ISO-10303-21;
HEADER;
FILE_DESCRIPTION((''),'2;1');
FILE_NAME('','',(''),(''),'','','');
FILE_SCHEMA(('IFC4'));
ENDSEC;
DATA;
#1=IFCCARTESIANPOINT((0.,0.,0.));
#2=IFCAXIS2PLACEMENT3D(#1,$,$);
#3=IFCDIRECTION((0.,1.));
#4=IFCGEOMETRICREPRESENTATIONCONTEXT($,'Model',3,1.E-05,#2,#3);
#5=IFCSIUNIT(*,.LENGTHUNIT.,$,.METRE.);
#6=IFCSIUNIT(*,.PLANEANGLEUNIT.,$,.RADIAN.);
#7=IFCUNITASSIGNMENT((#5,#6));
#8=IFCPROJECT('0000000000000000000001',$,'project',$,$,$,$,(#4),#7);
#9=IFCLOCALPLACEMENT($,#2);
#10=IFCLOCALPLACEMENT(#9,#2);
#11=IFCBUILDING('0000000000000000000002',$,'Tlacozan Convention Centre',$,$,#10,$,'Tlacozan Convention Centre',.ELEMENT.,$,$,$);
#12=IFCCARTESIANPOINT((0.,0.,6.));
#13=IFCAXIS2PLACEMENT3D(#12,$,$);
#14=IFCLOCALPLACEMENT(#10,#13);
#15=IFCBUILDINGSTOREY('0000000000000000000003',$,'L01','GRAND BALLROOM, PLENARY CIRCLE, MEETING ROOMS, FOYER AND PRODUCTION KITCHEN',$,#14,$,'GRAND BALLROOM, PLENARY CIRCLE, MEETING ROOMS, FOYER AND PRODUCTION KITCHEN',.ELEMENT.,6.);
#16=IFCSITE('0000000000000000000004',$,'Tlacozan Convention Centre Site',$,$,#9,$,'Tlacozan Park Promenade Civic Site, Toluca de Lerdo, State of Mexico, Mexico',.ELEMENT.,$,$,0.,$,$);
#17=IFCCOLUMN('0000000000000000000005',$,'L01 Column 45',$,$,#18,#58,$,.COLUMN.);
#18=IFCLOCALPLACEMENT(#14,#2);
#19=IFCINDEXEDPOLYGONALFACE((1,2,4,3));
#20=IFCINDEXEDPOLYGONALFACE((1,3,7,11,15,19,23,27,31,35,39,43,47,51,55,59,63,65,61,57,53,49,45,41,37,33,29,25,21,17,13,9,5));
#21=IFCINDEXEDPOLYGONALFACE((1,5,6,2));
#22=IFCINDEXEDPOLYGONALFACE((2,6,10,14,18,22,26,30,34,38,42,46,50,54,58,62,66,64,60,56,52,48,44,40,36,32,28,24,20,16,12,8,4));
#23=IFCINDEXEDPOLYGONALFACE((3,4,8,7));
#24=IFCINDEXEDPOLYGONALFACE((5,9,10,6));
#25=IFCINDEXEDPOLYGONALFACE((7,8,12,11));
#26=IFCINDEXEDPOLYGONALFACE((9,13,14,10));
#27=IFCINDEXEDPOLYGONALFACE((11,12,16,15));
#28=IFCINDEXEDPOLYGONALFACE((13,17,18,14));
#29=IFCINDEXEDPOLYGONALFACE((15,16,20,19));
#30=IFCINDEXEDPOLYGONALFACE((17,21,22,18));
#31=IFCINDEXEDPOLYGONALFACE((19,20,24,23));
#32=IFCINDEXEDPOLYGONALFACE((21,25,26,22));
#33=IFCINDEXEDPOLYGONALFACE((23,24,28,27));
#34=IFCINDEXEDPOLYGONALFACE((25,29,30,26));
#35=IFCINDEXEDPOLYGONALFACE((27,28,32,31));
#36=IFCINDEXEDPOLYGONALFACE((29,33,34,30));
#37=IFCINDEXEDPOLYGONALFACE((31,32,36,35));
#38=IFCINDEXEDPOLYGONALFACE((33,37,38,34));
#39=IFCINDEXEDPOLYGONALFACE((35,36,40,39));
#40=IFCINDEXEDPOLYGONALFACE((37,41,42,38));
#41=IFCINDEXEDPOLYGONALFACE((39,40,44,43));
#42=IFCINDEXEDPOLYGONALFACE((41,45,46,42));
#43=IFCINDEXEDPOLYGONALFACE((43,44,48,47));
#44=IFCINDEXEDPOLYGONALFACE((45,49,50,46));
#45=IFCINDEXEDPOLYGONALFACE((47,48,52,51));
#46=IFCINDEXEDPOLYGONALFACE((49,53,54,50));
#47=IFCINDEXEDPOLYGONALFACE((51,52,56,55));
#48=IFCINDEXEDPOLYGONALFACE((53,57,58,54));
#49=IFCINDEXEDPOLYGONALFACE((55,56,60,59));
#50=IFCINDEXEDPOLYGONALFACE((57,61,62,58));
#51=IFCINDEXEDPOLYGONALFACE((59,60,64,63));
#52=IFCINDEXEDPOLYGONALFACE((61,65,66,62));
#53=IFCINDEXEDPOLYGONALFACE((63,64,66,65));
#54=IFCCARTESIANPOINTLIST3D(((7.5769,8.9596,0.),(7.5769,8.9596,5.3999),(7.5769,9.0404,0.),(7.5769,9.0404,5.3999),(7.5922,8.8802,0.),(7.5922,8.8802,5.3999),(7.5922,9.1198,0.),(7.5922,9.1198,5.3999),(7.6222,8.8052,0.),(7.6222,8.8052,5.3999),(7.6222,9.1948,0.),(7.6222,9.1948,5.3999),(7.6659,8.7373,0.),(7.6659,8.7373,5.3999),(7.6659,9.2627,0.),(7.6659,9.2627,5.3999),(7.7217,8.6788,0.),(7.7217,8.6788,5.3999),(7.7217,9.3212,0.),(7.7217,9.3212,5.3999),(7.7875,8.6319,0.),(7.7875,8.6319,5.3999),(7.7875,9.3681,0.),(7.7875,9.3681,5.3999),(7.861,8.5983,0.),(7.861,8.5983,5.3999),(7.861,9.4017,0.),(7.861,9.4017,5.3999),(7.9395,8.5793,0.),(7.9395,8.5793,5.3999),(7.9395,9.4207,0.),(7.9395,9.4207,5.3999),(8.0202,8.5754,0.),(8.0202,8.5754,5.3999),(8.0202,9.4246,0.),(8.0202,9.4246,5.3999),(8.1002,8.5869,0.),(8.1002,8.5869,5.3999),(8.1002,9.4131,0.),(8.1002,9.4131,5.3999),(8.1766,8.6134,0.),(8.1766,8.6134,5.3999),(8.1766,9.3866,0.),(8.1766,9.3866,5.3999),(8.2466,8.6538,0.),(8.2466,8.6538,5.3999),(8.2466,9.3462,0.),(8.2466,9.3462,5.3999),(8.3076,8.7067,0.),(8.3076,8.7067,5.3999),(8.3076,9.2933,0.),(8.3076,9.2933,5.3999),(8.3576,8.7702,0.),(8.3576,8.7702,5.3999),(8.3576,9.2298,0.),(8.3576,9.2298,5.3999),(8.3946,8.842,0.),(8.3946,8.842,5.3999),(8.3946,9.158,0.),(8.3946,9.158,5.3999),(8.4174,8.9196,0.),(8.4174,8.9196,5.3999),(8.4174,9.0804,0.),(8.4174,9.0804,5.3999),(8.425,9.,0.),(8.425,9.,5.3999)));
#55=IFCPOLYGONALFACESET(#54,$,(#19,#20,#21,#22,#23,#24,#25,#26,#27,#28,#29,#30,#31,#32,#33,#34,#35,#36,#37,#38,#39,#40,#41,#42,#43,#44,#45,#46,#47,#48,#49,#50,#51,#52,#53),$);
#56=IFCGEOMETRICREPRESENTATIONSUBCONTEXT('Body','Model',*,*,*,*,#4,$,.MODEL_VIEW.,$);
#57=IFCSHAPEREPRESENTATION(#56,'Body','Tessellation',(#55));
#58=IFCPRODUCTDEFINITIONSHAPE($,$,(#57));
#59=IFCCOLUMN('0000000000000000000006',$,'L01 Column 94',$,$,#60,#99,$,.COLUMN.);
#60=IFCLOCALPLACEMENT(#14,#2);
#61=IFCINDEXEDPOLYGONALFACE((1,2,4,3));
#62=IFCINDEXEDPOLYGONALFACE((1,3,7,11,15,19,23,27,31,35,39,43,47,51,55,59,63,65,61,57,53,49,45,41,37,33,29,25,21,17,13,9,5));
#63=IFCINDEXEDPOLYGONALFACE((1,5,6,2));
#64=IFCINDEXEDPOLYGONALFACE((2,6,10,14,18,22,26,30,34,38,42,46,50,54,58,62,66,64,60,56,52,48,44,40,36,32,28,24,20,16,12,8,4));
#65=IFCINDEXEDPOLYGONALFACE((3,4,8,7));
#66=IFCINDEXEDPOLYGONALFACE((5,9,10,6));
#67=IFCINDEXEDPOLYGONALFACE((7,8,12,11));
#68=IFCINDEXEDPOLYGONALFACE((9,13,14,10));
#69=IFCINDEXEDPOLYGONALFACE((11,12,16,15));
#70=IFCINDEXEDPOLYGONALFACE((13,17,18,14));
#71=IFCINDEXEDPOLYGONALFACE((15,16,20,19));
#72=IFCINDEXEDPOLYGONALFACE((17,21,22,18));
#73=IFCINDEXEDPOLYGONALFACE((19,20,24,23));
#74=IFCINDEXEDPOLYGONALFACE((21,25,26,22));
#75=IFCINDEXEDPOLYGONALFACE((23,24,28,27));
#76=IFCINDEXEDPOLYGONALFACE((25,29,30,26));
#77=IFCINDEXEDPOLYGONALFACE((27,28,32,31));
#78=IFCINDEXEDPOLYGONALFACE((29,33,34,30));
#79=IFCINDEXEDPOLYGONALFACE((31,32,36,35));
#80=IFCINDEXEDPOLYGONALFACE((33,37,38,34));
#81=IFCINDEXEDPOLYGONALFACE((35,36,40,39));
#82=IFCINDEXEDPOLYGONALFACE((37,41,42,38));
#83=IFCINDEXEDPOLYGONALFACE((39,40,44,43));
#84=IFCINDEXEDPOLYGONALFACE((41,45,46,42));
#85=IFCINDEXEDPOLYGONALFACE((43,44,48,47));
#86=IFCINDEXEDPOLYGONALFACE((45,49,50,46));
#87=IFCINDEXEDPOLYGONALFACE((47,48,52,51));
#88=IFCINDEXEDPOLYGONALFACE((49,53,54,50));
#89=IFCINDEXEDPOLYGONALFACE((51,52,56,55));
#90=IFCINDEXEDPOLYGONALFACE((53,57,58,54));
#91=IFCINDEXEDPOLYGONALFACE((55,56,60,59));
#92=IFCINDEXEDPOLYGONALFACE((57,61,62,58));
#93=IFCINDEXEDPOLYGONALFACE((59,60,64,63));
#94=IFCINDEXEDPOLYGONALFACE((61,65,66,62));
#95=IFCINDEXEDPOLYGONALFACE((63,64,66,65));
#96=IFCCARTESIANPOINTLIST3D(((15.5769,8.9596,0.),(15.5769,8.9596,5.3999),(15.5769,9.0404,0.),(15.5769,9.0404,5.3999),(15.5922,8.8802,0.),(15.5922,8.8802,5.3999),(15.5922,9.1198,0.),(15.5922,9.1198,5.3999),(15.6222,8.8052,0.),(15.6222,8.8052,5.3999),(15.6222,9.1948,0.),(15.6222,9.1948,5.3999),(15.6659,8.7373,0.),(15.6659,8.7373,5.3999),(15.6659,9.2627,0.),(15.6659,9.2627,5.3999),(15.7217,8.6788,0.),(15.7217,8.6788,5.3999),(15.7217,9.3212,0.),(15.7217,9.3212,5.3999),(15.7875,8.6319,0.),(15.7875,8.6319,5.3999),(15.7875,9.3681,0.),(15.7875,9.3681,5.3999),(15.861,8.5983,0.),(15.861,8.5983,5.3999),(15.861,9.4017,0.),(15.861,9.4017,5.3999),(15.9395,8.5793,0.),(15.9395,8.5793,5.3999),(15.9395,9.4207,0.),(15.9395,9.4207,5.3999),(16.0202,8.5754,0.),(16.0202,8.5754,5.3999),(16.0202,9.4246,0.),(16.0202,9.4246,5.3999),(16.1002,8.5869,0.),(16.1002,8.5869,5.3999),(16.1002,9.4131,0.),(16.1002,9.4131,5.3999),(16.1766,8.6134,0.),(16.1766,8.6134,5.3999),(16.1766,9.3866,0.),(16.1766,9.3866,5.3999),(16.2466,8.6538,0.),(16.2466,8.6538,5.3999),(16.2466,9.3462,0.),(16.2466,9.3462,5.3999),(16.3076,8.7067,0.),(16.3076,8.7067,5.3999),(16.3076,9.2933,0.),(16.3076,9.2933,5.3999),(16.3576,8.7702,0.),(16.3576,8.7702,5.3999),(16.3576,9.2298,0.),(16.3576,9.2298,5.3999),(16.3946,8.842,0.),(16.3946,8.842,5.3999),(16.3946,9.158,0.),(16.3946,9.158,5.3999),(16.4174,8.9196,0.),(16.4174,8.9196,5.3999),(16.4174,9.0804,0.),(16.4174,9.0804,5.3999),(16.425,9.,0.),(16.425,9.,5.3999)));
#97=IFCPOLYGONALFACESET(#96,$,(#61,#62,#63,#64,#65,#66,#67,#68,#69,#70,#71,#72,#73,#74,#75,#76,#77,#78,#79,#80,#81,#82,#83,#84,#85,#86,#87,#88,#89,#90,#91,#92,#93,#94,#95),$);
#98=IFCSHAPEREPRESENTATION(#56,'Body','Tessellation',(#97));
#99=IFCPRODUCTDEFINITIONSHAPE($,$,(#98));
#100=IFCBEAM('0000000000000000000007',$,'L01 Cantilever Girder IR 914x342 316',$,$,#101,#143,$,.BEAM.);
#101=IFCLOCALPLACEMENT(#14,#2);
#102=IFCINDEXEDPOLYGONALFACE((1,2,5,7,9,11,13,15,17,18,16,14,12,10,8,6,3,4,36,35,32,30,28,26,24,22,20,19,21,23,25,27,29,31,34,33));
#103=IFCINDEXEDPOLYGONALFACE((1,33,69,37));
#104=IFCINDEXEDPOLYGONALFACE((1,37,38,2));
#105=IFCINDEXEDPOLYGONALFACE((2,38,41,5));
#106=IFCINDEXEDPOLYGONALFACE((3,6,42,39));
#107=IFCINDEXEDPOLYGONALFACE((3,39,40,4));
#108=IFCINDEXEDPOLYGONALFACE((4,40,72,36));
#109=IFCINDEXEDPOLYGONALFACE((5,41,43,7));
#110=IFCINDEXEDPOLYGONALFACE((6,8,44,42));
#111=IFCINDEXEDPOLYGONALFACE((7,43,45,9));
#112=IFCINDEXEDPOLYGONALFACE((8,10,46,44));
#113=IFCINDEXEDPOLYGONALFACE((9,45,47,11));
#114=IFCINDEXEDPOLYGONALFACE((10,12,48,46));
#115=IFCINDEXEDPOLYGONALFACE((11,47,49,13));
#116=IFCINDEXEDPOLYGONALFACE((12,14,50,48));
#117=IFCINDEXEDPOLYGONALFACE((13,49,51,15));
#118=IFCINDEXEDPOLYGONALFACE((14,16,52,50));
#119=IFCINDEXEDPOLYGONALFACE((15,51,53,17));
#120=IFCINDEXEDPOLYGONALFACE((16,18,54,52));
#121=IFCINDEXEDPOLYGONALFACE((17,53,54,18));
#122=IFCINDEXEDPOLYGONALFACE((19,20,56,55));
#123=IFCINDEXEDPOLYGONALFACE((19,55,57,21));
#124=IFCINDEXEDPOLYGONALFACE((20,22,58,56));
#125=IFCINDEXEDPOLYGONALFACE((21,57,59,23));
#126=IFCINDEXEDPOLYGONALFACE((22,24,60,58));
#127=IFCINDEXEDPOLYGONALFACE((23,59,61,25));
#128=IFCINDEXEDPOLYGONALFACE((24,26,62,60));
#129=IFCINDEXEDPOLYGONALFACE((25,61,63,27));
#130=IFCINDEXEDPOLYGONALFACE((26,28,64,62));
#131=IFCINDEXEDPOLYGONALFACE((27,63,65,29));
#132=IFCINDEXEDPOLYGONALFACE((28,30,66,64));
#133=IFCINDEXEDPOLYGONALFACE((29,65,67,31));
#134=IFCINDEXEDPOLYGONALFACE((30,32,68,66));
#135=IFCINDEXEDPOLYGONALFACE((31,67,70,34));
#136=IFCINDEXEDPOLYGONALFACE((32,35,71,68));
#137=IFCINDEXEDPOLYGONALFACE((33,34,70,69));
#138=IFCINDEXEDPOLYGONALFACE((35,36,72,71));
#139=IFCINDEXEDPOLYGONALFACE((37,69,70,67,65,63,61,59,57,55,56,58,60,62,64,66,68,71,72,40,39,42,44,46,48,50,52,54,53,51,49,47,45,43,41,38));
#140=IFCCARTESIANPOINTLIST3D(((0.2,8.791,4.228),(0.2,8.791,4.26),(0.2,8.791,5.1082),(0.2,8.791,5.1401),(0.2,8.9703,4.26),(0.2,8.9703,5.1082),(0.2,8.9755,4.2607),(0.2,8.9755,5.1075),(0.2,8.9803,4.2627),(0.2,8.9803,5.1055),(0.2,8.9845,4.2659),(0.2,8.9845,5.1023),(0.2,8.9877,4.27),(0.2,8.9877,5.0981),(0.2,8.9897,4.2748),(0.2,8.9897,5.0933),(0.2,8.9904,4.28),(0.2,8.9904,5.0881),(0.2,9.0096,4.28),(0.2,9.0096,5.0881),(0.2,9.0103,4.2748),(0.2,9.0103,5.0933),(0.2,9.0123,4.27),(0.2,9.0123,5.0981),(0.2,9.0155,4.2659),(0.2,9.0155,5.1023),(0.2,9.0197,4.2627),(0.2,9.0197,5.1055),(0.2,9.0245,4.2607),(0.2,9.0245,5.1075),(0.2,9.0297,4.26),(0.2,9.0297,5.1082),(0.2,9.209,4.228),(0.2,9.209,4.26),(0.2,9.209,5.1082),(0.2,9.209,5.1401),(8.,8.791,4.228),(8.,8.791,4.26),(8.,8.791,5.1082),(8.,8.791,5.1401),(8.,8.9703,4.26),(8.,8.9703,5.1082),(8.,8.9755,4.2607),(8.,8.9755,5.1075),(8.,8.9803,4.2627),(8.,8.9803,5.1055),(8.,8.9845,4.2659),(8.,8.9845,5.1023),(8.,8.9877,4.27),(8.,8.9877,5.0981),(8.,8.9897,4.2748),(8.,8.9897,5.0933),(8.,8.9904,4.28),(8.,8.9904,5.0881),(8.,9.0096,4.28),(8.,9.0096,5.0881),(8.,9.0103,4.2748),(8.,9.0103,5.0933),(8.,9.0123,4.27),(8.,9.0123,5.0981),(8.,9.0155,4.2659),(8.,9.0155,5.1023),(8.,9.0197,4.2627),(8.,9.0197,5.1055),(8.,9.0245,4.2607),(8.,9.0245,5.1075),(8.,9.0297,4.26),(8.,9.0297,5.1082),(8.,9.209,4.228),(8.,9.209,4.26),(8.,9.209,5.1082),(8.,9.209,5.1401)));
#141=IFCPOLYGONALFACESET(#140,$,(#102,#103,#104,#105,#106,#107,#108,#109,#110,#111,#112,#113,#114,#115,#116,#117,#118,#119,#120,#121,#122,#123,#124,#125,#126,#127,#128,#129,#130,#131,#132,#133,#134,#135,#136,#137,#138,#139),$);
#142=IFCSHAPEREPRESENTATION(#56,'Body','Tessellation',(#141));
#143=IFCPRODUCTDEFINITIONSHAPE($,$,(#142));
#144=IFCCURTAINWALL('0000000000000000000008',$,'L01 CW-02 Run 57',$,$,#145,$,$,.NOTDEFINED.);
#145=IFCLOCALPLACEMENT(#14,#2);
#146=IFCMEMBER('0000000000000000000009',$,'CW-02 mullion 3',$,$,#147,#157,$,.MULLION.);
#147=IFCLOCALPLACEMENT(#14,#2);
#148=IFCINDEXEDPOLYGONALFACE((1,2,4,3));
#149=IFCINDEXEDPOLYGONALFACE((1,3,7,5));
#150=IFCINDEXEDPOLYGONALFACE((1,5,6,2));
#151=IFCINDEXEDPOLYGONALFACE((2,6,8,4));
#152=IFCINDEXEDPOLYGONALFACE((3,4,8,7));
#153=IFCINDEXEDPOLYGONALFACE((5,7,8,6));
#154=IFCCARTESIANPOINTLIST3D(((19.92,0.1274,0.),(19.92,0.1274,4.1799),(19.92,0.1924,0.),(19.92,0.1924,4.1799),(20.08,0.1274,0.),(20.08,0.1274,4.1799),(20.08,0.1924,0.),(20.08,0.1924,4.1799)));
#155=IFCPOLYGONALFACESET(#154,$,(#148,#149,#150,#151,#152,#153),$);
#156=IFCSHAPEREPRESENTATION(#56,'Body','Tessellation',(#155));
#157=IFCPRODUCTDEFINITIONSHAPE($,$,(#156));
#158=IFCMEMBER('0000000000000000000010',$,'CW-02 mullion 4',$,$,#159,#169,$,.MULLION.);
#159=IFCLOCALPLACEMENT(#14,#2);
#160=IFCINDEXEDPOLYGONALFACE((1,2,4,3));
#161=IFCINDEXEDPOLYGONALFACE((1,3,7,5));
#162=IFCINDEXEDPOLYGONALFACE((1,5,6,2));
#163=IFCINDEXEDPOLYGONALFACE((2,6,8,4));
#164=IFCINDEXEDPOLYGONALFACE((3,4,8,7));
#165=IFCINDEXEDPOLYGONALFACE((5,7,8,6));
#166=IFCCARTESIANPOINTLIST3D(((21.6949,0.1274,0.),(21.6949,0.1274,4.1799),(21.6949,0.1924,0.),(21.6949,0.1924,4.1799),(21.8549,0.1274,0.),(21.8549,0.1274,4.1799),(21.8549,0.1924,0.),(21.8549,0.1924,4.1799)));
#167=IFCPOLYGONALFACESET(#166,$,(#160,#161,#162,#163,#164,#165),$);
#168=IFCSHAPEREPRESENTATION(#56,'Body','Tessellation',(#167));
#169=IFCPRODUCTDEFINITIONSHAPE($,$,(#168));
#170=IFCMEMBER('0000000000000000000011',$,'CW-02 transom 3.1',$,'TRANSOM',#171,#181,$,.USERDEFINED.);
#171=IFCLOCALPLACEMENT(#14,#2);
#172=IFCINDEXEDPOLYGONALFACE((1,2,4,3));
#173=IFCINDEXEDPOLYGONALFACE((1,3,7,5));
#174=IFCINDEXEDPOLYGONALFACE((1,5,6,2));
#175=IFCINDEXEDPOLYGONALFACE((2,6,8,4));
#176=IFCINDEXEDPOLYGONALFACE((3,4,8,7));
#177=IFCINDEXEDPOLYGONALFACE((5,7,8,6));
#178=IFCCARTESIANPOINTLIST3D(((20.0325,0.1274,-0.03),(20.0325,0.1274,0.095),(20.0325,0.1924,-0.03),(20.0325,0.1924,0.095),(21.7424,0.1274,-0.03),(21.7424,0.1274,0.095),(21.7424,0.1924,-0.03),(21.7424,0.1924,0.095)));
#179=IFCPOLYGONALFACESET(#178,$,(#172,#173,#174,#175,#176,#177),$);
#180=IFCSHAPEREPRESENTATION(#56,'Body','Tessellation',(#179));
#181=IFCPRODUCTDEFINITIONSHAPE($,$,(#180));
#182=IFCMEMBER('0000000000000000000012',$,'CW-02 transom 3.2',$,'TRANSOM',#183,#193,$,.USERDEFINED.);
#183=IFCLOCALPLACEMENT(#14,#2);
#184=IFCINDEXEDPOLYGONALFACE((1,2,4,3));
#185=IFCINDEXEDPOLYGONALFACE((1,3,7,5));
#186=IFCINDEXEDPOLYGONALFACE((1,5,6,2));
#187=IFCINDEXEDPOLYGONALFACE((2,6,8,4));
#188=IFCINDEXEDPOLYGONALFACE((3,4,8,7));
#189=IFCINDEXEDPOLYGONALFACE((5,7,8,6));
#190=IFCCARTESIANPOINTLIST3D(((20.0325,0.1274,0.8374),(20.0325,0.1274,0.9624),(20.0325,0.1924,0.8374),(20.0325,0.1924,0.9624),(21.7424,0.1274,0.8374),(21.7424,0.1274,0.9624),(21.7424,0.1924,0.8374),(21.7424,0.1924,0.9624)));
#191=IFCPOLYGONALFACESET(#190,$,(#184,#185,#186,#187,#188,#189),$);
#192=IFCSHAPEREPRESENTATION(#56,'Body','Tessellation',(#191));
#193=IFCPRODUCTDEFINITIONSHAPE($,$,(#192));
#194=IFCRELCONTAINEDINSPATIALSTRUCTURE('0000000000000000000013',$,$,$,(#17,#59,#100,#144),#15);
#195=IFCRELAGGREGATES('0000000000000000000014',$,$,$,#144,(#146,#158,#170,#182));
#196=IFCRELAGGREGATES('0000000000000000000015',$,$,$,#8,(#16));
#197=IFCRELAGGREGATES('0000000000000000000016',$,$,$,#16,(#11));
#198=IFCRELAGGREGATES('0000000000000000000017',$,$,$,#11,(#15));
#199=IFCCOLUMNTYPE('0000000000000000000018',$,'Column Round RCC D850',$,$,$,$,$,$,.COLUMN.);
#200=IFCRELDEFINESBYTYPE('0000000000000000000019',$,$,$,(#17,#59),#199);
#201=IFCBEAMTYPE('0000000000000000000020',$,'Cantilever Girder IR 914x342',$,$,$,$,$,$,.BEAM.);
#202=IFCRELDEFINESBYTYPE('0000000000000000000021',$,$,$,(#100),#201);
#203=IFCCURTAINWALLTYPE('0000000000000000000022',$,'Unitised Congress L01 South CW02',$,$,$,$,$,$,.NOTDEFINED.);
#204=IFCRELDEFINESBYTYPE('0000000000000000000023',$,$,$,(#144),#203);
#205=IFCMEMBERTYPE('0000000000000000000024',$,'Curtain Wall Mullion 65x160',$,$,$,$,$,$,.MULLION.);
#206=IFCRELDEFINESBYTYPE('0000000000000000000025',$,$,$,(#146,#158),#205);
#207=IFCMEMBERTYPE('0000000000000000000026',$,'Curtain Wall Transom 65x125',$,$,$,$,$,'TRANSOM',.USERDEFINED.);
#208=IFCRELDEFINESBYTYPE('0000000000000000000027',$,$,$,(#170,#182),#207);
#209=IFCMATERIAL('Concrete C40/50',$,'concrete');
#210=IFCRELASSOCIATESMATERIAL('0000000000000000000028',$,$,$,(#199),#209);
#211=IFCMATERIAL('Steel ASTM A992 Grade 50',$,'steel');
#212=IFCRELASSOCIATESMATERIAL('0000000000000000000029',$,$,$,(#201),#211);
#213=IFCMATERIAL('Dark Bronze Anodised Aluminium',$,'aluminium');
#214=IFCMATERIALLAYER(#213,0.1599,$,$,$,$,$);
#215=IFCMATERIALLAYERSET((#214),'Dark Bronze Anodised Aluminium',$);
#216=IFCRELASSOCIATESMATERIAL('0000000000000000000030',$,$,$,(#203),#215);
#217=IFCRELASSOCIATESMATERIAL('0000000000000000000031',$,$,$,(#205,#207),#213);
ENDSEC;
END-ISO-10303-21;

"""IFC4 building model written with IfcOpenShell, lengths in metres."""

from ifc_helpers import new_model, si_unit, direction, frame, origin, origin_2d, place, context, subcontext, project, spatial, rectangle, circle, i_section, extrude, material, layer, layer_set, material_profile, profile_set, type_object, element, aggregate, save


model = new_model("IFC4")

# Units and contexts
model_context = context("Model", 3, precision=1e-05, world=origin(), true_north=direction((0.0, 1.0)))
body_context = subcontext(model_context, "Body", "Model", "MODEL_VIEW")
ifc_project = project(units=[si_unit("LENGTHUNIT", "METRE"), si_unit("PLANEANGLEUNIT", "RADIAN")], contexts=[model_context])

# Site, building, storey
site_placement = place(None, origin())
site = spatial("IfcSite", under=ifc_project, at=site_placement, Name="Tlacozan Convention Centre Site", LongName="Tlacozan Park Promenade Civic Site, Toluca de Lerdo, State of Mexico, Mexico", CompositionType="ELEMENT", RefElevation=0.0)
building_placement = place(site_placement, origin())
building = spatial("IfcBuilding", under=site, at=building_placement, Name="Tlacozan Convention Centre", LongName="Tlacozan Convention Centre", CompositionType="ELEMENT")
storey_placement = place(building_placement, frame((0.0, 0.0, 6.0)))
storey = spatial("IfcBuildingStorey", under=building, at=storey_placement, Name="L01", Description="GRAND BALLROOM, PLENARY CIRCLE, MEETING ROOMS, FOYER AND PRODUCTION KITCHEN", LongName="GRAND BALLROOM, PLENARY CIRCLE, MEETING ROOMS, FOYER AND PRODUCTION KITCHEN", CompositionType="ELEMENT", Elevation=6.0)

# Columns
ifc_material_1 = material(Name="Concrete C40/50", Category="concrete")
ifc_material_profile_1 = material_profile(ifc_material_1, circle(Radius=0.425, at=origin_2d()), Name="RCC D850")
ifc_profile_set_1 = profile_set([ifc_material_profile_1], Name="Concrete C40/50")
column_type = type_object("IfcColumnType", Name="Column Round RCC D850", PredefinedType="COLUMN", material=ifc_profile_set_1)
for number, where, z_axis, x_axis, name in (
    (1, (8.0, 9.0, 0.0), (0.0, 0.0, 1.0), (1.0, 0.0, 0.0), "L01 Column 45"),
    (2, (16.0, 9.0, 0.0), (0.0, 0.0, 1.0), (1.0, 0.0, 0.0), "L01 Column 94"),
):
    element("IfcColumn", number, at=place(storey_placement, frame(where, z_axis=z_axis, x_axis=x_axis)), inside=storey, type_object=column_type, Name=name, PredefinedType="COLUMN", context=body_context, shape_type="SweptSolid", body=[
        extrude(circle(Radius=0.425, at=origin_2d()), origin(), (0.0, 0.0, 1.0), 5.3999),
    ])

# Beam
ifc_material_2 = material(Name="Steel ASTM A992 Grade 50", Category="steel")
ifc_material_profile_2 = material_profile(ifc_material_2, i_section(OverallWidth=0.418, OverallDepth=0.9121, WebThickness=0.0193, FlangeThickness=0.032, FilletRadius=0.02, at=origin_2d()), Name="IR 914x342.0")
ifc_profile_set_2 = profile_set([ifc_material_profile_2], Name="Steel ASTM A992 Grade 50")
beam_type_1 = type_object("IfcBeamType", Name="Cantilever Girder IR 914x342", PredefinedType="BEAM", material=ifc_profile_set_2)
beam_1_placement = place(storey_placement, frame((8.0, 9.0, 4.6841), z_axis=(-1.0, 0.0, 0.0), x_axis=(0.0, -1.0, 0.0)))
element("IfcBeam", 3, at=beam_1_placement, inside=storey, type_object=beam_type_1, Name="L01 Cantilever Girder IR 914x342 316", PredefinedType="BEAM", context=body_context, shape_type="SweptSolid", body=[
    extrude(i_section(OverallWidth=0.418, OverallDepth=0.9121, WebThickness=0.0193, FlangeThickness=0.032, FilletRadius=0.02, at=origin_2d()), origin(), (0.0, 0.0, 1.0), 7.8),
])

# Curtain wall, members
ifc_material_3 = material(Name="Dark Bronze Anodised Aluminium", Category="aluminium")
ifc_layer_1 = layer(ifc_material_3, 0.1599)
ifc_layer_set_1 = layer_set([ifc_layer_1], Name="Dark Bronze Anodised Aluminium")
curtain_wall_type = type_object("IfcCurtainWallType", Name="Unitised Congress L01 South CW02", PredefinedType="NOTDEFINED", material=ifc_layer_set_1)
curtain_wall_placement = place(storey_placement, origin())
curtain_wall = element("IfcCurtainWall", 4, at=curtain_wall_placement, inside=storey, type_object=curtain_wall_type, Name="L01 CW-02 Run 57", PredefinedType="NOTDEFINED")
ifc_material_profile_3 = material_profile(ifc_material_3, rectangle(XDim=0.0649, YDim=0.1599, at=origin_2d()), Name="ALU 65x160")
ifc_profile_set_3 = profile_set([ifc_material_profile_3], Name="Dark Bronze Anodised Aluminium")
member_type_1 = type_object("IfcMemberType", Name="Curtain Wall Mullion 65x160", PredefinedType="MULLION", material=ifc_profile_set_3)
member_1_placement = place(storey_placement, frame((20.0, 0.1599, 0.0), z_axis=(0.0, 0.0, 1.0), x_axis=(0.0, 1.0, 0.0)))
member_1 = element("IfcMember", 5, at=member_1_placement, type_object=member_type_1, Name="CW-02 mullion 3", PredefinedType="MULLION", context=body_context, shape_type="SweptSolid", body=[
    extrude(rectangle(XDim=0.0649, YDim=0.1599, at=origin_2d()), origin(), (0.0, 0.0, 1.0), 4.1799),
])
member_2_placement = place(storey_placement, frame((21.7749, 0.1599, 0.0), z_axis=(0.0, 0.0, 1.0), x_axis=(0.0, 1.0, 0.0)))
member_2 = element("IfcMember", 6, at=member_2_placement, type_object=member_type_1, Name="CW-02 mullion 4", PredefinedType="MULLION", context=body_context, shape_type="SweptSolid", body=[
    extrude(rectangle(XDim=0.0649, YDim=0.1599, at=origin_2d()), origin(), (0.0, 0.0, 1.0), 4.1799),
])
ifc_material_profile_4 = material_profile(ifc_material_3, rectangle(XDim=0.0649, YDim=0.125, at=origin_2d()), Name="ALU 65x125")
ifc_profile_set_4 = profile_set([ifc_material_profile_4], Name="Dark Bronze Anodised Aluminium")
member_type_2 = type_object("IfcMemberType", Name="Curtain Wall Transom 65x125", ElementType="TRANSOM", PredefinedType="USERDEFINED", material=ifc_profile_set_4)
member_3_placement = place(storey_placement, frame((20.0325, 0.1599, 0.0325), z_axis=(1.0, 0.0, 0.0), x_axis=(0.0, 1.0, 0.0)))
member_3 = element("IfcMember", 7, at=member_3_placement, type_object=member_type_2, Name="CW-02 transom 3.1", ObjectType="TRANSOM", PredefinedType="USERDEFINED", context=body_context, shape_type="SweptSolid", body=[
    extrude(rectangle(XDim=0.0649, YDim=0.125, at=origin_2d()), origin(), (0.0, 0.0, 1.0), 1.71),
])
member_4_placement = place(storey_placement, frame((20.0325, 0.1599, 0.8999), z_axis=(1.0, 0.0, 0.0), x_axis=(0.0, 1.0, 0.0)))
member_4 = element("IfcMember", 8, at=member_4_placement, type_object=member_type_2, Name="CW-02 transom 3.2", ObjectType="TRANSOM", PredefinedType="USERDEFINED", context=body_context, shape_type="SweptSolid", body=[
    extrude(rectangle(XDim=0.0649, YDim=0.125, at=origin_2d()), origin(), (0.0, 0.0, 1.0), 1.71),
])

aggregate(curtain_wall, [member_1, member_2, member_3, member_4])

save(model, "model.ifc")
